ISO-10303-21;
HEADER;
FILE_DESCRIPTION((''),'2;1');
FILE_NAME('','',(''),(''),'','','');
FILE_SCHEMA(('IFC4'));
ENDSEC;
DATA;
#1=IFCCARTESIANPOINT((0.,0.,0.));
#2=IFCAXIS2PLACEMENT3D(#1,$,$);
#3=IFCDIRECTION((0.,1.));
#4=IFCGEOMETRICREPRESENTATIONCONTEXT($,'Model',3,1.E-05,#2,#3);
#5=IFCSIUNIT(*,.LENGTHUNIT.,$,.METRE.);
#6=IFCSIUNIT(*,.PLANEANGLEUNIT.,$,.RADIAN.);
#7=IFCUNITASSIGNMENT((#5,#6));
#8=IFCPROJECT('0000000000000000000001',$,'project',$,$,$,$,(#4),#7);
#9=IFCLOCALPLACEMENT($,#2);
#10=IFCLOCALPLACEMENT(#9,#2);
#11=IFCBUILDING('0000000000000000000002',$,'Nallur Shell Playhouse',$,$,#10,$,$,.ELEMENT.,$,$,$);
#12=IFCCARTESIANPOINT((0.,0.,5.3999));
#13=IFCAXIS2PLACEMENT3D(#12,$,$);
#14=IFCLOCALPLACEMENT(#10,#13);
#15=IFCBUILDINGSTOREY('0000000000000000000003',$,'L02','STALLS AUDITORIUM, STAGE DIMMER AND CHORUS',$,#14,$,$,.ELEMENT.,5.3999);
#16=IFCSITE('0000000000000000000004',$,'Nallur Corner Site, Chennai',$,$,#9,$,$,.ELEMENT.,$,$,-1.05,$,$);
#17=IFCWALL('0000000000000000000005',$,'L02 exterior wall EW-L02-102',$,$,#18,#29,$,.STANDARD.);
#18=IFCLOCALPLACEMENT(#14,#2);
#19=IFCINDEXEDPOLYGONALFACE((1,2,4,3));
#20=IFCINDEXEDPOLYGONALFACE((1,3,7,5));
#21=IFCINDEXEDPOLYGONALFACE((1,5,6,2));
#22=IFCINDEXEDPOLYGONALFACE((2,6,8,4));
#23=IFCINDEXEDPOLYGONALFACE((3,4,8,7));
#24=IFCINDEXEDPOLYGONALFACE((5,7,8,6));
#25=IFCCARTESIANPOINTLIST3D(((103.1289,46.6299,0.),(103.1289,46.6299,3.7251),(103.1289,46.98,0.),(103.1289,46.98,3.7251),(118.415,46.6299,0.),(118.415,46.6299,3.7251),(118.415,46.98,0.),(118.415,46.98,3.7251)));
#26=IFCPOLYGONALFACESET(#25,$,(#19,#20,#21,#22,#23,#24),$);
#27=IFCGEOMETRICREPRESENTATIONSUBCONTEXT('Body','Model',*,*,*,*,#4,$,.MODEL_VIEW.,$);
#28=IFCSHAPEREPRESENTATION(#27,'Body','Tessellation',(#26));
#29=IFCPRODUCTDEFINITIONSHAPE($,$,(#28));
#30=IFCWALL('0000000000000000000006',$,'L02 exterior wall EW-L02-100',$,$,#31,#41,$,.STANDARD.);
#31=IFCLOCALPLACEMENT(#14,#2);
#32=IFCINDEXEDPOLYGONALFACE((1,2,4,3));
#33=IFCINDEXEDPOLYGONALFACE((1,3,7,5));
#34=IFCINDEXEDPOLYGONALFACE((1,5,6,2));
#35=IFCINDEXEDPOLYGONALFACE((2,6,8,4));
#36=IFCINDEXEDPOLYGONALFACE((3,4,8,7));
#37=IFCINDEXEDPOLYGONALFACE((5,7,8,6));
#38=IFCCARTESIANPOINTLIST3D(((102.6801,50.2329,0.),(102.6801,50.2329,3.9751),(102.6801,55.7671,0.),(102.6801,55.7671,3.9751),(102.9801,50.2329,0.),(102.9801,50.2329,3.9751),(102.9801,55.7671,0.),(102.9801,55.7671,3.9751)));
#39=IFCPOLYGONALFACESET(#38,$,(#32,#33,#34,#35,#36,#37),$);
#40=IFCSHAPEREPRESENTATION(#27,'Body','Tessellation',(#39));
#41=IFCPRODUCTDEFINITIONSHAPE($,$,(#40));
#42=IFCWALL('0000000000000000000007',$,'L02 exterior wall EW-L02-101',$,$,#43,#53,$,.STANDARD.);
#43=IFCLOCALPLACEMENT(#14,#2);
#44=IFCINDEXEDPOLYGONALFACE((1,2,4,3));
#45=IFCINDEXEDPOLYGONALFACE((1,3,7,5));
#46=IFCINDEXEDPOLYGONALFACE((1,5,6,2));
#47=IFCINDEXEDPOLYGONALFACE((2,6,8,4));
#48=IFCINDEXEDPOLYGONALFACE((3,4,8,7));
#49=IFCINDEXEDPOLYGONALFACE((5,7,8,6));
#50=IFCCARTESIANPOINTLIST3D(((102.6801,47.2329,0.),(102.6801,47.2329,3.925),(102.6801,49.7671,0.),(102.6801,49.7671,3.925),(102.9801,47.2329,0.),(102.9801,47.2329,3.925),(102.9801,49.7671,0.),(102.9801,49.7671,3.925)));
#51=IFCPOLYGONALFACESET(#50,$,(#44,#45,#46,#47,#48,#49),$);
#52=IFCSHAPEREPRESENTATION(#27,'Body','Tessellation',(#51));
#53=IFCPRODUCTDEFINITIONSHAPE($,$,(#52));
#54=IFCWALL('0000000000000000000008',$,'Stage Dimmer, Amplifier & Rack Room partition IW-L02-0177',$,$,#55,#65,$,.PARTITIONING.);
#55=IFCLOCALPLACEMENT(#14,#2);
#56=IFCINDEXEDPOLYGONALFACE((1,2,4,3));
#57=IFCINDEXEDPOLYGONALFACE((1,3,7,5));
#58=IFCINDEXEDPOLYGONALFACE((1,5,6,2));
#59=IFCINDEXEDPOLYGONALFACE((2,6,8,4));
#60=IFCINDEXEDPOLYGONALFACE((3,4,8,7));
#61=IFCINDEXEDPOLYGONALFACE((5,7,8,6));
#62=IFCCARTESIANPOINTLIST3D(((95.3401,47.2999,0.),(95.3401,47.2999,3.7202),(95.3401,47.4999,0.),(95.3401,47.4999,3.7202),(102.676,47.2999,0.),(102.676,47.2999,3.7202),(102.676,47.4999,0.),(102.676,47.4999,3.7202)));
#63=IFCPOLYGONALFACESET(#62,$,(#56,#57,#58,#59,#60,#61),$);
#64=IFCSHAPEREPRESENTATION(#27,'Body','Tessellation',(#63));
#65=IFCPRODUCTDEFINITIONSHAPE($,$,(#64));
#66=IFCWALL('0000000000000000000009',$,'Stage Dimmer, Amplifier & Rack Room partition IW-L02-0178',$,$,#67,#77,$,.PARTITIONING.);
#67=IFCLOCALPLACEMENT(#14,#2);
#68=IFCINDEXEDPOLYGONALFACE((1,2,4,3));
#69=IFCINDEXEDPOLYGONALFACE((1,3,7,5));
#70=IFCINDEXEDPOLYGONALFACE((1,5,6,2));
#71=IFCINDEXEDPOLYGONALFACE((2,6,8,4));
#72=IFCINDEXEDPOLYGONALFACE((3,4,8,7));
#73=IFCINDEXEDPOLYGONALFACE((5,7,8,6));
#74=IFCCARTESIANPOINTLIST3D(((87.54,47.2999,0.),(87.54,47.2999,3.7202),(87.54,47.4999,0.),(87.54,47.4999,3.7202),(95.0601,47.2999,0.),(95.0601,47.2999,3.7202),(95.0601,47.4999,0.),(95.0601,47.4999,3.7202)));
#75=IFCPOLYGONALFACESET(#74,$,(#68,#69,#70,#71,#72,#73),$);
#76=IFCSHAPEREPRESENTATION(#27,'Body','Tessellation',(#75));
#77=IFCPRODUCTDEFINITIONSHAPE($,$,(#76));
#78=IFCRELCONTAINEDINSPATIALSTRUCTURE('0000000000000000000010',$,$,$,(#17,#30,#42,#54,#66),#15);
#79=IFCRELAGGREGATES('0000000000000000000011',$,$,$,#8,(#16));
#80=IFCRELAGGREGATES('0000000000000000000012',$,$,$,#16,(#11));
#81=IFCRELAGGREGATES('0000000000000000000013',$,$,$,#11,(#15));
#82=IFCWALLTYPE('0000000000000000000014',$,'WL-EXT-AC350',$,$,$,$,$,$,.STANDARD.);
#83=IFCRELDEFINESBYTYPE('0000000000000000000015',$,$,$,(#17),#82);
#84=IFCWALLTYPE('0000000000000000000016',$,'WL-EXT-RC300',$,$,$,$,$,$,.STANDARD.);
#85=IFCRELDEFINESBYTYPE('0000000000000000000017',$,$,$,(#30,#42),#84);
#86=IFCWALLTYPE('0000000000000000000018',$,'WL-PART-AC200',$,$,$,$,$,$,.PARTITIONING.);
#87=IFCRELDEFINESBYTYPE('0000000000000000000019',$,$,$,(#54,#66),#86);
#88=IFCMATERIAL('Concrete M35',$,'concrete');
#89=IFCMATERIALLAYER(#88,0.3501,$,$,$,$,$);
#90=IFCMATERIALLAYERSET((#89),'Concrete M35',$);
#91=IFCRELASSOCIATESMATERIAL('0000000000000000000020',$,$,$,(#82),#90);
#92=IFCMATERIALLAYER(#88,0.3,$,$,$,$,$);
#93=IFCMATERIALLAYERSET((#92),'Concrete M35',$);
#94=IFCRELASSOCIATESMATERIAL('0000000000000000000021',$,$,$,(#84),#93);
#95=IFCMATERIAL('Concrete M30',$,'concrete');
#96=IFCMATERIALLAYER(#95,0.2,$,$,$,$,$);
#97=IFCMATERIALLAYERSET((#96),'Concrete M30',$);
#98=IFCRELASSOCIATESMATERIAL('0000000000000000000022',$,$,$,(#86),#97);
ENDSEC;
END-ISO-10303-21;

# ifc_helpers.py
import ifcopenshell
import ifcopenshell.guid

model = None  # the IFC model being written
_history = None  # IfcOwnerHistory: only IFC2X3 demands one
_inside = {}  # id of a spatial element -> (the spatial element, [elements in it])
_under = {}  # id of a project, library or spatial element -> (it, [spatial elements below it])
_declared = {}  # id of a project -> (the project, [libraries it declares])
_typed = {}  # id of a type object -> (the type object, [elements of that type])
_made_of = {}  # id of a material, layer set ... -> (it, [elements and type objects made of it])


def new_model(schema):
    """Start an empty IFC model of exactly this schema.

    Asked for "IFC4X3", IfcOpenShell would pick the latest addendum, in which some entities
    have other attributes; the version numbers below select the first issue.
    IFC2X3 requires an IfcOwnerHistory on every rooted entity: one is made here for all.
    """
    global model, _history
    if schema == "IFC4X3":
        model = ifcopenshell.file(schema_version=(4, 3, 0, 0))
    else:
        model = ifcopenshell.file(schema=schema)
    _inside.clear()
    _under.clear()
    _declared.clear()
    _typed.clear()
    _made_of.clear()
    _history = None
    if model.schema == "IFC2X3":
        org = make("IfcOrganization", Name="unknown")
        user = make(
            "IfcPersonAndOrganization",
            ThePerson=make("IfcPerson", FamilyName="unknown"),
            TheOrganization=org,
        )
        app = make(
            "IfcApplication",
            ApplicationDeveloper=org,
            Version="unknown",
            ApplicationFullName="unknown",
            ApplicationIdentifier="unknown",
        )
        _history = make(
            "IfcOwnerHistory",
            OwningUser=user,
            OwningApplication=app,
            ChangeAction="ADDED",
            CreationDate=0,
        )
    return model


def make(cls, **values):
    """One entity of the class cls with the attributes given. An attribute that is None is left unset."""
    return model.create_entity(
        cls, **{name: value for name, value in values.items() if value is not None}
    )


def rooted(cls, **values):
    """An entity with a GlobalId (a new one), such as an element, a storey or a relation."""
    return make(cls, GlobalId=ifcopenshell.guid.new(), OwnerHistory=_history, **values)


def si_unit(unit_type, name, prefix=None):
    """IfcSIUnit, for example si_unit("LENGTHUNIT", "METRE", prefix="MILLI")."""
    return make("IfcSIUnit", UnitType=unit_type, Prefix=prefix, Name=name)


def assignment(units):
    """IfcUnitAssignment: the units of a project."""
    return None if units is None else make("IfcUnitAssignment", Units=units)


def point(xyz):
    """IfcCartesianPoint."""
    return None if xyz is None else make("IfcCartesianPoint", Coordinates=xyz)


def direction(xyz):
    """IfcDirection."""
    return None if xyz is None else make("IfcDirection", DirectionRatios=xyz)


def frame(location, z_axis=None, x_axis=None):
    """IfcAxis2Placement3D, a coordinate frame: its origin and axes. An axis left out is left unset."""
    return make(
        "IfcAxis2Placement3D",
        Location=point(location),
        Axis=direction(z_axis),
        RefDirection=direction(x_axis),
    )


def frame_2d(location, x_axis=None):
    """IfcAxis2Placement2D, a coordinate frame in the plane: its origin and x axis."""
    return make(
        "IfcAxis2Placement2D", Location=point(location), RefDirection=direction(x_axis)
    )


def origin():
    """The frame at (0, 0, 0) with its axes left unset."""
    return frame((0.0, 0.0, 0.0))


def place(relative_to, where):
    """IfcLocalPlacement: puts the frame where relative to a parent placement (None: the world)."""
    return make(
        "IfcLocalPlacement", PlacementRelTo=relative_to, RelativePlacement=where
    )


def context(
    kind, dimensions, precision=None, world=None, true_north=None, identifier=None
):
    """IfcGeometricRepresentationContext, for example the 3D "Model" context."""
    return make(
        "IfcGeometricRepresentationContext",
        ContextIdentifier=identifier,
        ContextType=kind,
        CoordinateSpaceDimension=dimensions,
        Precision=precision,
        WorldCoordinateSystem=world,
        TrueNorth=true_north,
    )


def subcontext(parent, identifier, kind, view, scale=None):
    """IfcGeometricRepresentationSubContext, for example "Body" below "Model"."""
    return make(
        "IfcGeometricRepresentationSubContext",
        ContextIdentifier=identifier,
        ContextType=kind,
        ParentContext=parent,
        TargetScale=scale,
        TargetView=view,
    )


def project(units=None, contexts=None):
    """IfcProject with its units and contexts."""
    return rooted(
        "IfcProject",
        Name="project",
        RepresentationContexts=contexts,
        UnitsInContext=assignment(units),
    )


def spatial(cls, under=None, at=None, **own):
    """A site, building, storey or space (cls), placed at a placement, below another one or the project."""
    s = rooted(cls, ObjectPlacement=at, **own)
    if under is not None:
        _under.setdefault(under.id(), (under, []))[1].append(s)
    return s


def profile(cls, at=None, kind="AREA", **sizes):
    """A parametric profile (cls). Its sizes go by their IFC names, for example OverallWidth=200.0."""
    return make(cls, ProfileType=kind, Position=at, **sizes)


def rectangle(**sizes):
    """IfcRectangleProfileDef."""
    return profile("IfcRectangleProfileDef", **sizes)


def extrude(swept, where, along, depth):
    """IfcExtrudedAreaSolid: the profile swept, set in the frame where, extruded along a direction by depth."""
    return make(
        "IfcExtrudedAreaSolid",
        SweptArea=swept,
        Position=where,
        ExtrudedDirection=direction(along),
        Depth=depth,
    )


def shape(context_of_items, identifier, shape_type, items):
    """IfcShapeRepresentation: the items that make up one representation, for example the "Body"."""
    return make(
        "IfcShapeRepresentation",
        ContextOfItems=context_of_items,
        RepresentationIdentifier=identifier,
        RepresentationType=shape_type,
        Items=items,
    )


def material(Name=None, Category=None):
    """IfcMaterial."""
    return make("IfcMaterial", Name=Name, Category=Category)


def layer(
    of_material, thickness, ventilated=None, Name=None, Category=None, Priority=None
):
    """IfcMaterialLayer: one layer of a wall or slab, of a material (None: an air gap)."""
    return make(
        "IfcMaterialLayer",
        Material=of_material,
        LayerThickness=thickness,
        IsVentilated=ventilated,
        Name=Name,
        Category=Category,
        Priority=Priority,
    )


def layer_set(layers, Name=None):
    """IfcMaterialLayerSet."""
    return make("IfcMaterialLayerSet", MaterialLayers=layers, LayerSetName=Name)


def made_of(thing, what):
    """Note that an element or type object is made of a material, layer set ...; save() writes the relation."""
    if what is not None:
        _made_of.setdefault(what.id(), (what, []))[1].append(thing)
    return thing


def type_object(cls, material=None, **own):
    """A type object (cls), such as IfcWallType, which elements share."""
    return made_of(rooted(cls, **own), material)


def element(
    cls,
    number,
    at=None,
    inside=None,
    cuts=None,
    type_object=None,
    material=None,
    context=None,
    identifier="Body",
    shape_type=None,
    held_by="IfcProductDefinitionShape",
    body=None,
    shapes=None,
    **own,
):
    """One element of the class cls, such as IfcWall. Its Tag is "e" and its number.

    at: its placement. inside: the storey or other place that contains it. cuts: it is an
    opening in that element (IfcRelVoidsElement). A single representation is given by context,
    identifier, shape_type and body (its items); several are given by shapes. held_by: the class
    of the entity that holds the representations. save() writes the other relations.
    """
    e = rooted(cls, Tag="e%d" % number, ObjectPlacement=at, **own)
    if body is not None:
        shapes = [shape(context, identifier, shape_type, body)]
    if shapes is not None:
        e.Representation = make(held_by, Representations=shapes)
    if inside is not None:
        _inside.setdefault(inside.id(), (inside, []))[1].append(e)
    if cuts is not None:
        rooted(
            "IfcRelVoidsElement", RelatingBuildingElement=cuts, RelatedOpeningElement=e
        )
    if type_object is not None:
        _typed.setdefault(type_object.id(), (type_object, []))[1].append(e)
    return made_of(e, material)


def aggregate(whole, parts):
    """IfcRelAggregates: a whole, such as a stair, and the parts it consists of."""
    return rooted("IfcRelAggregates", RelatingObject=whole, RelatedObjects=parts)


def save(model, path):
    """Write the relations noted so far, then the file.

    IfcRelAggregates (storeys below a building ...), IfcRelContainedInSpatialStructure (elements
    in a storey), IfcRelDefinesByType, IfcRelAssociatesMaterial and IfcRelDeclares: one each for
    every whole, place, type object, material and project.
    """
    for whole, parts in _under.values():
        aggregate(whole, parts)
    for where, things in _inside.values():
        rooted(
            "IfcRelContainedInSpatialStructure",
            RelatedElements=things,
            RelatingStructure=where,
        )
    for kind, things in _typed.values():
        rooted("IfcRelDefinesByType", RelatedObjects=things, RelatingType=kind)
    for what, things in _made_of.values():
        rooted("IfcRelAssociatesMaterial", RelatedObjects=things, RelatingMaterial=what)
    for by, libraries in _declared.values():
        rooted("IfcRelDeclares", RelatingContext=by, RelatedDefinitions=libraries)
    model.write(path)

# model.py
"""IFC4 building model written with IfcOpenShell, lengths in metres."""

from ifc_helpers import new_model, si_unit, direction, frame, frame_2d, origin, place, context, subcontext, project, spatial, rectangle, extrude, material, layer, layer_set, type_object, element, save


model = new_model("IFC4")

# Units and contexts
model_context = context("Model", 3, precision=1e-05, world=origin(), true_north=direction((0.0, 1.0)))
body_context = subcontext(model_context, "Body", "Model", "MODEL_VIEW")
ifc_project = project(units=[si_unit("LENGTHUNIT", "METRE"), si_unit("PLANEANGLEUNIT", "RADIAN")], contexts=[model_context])

# Site, building, storey
site_placement = place(None, origin())
site = spatial("IfcSite", under=ifc_project, at=site_placement, Name="Nallur Corner Site, Chennai", CompositionType="ELEMENT", RefElevation=-1.05)
building_placement = place(site_placement, origin())
building = spatial("IfcBuilding", under=site, at=building_placement, Name="Nallur Shell Playhouse", CompositionType="ELEMENT")
storey_placement = place(building_placement, frame((0.0, 0.0, 5.3999)))
storey = spatial("IfcBuildingStorey", under=building, at=storey_placement, Name="L02", Description="STALLS AUDITORIUM, STAGE DIMMER AND CHORUS", CompositionType="ELEMENT", Elevation=5.3999)

# Shared definitions
ifc_material_1 = material(Name="Concrete M35", Category="concrete")

# Walls
ifc_layer_1 = layer(ifc_material_1, 0.3501)
ifc_layer_set_1 = layer_set([ifc_layer_1], Name="Concrete M35")
wall_type_1 = type_object("IfcWallType", Name="WL-EXT-AC350", PredefinedType="STANDARD", material=ifc_layer_set_1)
wall_1_placement = place(storey_placement, frame((103.1289, 46.8049, 0.0), z_axis=(0.0, 0.0, 1.0), x_axis=(1.0, 0.0, 0.0)))
element("IfcWall", 1, at=wall_1_placement, inside=storey, type_object=wall_type_1, Name="L02 exterior wall EW-L02-102", PredefinedType="STANDARD", context=body_context, shape_type="SweptSolid", body=[
    extrude(rectangle(XDim=15.2861, YDim=0.3501, at=frame_2d((7.6431, 0.0))), origin(), (0.0, 0.0, 1.0), 3.7251),
])
ifc_layer_2 = layer(ifc_material_1, 0.3)
ifc_layer_set_2 = layer_set([ifc_layer_2], Name="Concrete M35")
wall_type_2 = type_object("IfcWallType", Name="WL-EXT-RC300", PredefinedType="STANDARD", material=ifc_layer_set_2)
wall_2_placement = place(storey_placement, frame((102.8301, 55.7671, 0.0), z_axis=(0.0, 0.0, 1.0), x_axis=(0.0, -1.0, 0.0)))
element("IfcWall", 2, at=wall_2_placement, inside=storey, type_object=wall_type_2, Name="L02 exterior wall EW-L02-100", PredefinedType="STANDARD", context=body_context, shape_type="SweptSolid", body=[
    extrude(rectangle(XDim=5.5342, YDim=0.3, at=frame_2d((2.7671, 0.0))), origin(), (0.0, 0.0, 1.0), 3.9751),
])
wall_3_placement = place(storey_placement, frame((102.8301, 49.7671, 0.0), z_axis=(0.0, 0.0, 1.0), x_axis=(0.0, -1.0, 0.0)))
element("IfcWall", 3, at=wall_3_placement, inside=storey, type_object=wall_type_2, Name="L02 exterior wall EW-L02-101", PredefinedType="STANDARD", context=body_context, shape_type="SweptSolid", body=[
    extrude(rectangle(XDim=2.5342, YDim=0.3, at=frame_2d((1.2671, 0.0))), origin(), (0.0, 0.0, 1.0), 3.925),
])
ifc_material_2 = material(Name="Concrete M30", Category="concrete")
ifc_layer_3 = layer(ifc_material_2, 0.2)
ifc_layer_set_3 = layer_set([ifc_layer_3], Name="Concrete M30")
wall_type_3 = type_object("IfcWallType", Name="WL-PART-AC200", PredefinedType="PARTITIONING", material=ifc_layer_set_3)
wall_4_placement = place(storey_placement, frame((102.676, 47.3999, 0.0), z_axis=(0.0, 0.0, 1.0), x_axis=(-1.0, 0.0, 0.0)))
element("IfcWall", 4, at=wall_4_placement, inside=storey, type_object=wall_type_3, Name="Stage Dimmer, Amplifier & Rack Room partition IW-L02-0177", PredefinedType="PARTITIONING", context=body_context, shape_type="SweptSolid", body=[
    extrude(rectangle(XDim=7.3359, YDim=0.2, at=frame_2d((3.668, 0.0))), origin(), (0.0, 0.0, 1.0), 3.7202),
])
wall_5_placement = place(storey_placement, frame((95.0601, 47.3999, 0.0), z_axis=(0.0, 0.0, 1.0), x_axis=(-1.0, 0.0, 0.0)))
element("IfcWall", 5, at=wall_5_placement, inside=storey, type_object=wall_type_3, Name="Stage Dimmer, Amplifier & Rack Room partition IW-L02-0178", PredefinedType="PARTITIONING", context=body_context, shape_type="SweptSolid", body=[
    extrude(rectangle(XDim=7.52, YDim=0.2, at=frame_2d((3.76, 0.0))), origin(), (0.0, 0.0, 1.0), 3.7202),
])

save(model, "model.ifc")
